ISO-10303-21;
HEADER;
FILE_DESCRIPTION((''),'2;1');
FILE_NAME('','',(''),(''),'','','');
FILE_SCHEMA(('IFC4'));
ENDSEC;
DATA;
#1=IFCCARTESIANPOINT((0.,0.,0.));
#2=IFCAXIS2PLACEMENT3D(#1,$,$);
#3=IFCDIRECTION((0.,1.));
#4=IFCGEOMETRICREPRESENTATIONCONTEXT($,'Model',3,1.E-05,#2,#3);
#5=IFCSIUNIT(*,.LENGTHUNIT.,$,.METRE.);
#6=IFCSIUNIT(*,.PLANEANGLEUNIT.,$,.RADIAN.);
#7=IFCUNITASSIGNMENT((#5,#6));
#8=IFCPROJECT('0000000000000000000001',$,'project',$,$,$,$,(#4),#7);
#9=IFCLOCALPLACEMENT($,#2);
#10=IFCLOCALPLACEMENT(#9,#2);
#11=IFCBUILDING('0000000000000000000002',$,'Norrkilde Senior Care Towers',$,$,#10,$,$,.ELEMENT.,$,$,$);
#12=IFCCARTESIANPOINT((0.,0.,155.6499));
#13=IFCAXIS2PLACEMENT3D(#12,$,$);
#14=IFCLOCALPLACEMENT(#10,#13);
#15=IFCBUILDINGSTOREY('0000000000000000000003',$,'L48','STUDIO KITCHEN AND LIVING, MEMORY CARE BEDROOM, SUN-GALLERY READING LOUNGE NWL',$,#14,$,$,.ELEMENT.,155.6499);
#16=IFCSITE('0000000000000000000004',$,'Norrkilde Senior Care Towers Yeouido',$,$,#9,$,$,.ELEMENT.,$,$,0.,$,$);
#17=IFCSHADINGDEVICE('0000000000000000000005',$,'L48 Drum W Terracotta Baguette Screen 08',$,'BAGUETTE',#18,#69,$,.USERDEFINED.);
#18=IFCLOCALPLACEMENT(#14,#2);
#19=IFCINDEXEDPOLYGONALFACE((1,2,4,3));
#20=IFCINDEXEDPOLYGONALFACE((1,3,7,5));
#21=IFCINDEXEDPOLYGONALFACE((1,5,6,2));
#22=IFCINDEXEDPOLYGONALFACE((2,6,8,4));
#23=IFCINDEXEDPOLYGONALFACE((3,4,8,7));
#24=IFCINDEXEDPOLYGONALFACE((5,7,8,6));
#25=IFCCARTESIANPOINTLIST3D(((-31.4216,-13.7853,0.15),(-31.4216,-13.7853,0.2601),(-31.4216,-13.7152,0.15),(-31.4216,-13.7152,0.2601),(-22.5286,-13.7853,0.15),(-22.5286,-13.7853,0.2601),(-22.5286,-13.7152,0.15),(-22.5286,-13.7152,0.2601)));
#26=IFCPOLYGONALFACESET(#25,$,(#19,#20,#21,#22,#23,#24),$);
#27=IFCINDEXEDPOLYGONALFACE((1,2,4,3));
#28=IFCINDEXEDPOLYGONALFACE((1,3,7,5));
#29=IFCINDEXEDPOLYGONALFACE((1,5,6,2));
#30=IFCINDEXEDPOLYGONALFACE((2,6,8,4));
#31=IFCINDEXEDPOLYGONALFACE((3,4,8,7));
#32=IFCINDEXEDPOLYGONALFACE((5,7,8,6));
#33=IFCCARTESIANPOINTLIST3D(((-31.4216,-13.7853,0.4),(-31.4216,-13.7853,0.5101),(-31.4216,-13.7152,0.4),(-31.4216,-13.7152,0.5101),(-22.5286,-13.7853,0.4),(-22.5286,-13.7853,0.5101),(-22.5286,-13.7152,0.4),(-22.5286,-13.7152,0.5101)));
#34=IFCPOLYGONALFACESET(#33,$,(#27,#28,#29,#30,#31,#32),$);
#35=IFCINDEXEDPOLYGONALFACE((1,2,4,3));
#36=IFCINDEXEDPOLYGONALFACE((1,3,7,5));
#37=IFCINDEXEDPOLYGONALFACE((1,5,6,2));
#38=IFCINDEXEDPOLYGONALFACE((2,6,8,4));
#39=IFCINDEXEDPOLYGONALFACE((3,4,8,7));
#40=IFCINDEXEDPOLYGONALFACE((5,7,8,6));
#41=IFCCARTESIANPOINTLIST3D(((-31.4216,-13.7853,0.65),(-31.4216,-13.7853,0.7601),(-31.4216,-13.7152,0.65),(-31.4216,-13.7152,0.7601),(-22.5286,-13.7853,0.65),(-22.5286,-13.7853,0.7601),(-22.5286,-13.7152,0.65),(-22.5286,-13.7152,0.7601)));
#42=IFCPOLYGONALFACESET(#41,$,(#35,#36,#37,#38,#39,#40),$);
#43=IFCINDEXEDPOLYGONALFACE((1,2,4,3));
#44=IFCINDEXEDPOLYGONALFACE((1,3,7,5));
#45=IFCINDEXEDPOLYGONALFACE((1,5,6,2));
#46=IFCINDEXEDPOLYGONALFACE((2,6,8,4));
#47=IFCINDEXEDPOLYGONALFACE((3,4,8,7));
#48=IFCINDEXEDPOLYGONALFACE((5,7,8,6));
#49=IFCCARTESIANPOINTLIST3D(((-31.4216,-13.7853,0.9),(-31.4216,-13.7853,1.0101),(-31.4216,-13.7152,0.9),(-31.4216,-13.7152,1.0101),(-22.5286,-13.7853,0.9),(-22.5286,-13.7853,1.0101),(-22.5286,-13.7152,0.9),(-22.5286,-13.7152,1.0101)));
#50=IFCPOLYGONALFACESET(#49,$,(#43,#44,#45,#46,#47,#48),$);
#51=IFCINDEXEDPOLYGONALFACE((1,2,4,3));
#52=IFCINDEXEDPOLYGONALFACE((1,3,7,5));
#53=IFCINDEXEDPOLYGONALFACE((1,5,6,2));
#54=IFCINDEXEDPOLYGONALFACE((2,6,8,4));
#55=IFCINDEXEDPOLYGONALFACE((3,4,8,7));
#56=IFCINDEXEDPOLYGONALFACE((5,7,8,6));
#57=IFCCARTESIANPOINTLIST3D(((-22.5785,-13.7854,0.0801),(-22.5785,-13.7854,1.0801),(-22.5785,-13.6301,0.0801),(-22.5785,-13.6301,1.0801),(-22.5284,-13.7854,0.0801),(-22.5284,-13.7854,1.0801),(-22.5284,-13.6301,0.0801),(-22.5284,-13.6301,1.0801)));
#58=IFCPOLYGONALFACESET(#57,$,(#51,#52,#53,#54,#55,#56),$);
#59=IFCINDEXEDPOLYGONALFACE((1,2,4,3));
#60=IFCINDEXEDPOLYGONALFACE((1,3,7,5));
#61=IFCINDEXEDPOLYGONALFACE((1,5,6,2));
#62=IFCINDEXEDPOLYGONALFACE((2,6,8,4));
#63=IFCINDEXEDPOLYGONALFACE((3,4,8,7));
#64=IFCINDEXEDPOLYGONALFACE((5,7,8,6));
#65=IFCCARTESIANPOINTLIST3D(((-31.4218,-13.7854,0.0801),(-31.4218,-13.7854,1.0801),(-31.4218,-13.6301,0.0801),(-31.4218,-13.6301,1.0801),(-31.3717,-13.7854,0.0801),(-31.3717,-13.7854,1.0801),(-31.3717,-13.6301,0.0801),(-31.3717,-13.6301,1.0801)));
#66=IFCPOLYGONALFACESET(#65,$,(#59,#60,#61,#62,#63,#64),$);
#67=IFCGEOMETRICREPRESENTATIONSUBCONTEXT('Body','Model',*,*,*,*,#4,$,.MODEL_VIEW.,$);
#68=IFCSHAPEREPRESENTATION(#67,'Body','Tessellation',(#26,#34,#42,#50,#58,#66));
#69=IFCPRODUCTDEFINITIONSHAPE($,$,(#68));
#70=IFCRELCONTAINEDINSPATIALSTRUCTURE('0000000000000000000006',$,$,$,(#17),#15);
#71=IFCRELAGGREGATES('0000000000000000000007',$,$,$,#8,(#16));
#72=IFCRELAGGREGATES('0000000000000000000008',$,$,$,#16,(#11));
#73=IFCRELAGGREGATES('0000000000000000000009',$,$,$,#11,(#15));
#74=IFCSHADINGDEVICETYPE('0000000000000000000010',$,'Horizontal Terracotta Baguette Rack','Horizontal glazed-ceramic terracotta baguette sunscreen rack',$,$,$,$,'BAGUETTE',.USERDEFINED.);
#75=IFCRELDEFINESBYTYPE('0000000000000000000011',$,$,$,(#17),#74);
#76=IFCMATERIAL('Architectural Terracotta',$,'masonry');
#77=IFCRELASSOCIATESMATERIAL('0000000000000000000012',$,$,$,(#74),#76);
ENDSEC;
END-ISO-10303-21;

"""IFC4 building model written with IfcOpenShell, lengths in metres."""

from ifc_helpers import new_model, si_unit, direction, frame, origin, origin_2d, place, context, subcontext, project, spatial, rectangle, extrude, source, transform, mapped, material, type_object, type_shapes, element, save


model = new_model("IFC4")

# Units and contexts
model_context = context("Model", 3, precision=1e-05, world=origin(), true_north=direction((0.0, 1.0)))
body_context = subcontext(model_context, "Body", "Model", "MODEL_VIEW")
ifc_project = project(units=[si_unit("LENGTHUNIT", "METRE"), si_unit("PLANEANGLEUNIT", "RADIAN")], contexts=[model_context])

# Site, building, storey
site_placement = place(None, origin())
site = spatial("IfcSite", under=ifc_project, at=site_placement, Name="Norrkilde Senior Care Towers Yeouido", CompositionType="ELEMENT", RefElevation=0.0)
building_placement = place(site_placement, origin())
building = spatial("IfcBuilding", under=site, at=building_placement, Name="Norrkilde Senior Care Towers", CompositionType="ELEMENT")
storey_placement = place(building_placement, frame((0.0, 0.0, 155.6499)))
storey = spatial("IfcBuildingStorey", under=building, at=storey_placement, Name="L48", Description="STUDIO KITCHEN AND LIVING, MEMORY CARE BEDROOM, SUN-GALLERY READING LOUNGE NWL", CompositionType="ELEMENT", Elevation=155.6499)

# Shading device
ifc_material_1 = material(Name="Architectural Terracotta", Category="masonry")
shading_device_type = type_object("IfcShadingDeviceType", Name="Horizontal Terracotta Baguette Rack", Description="Horizontal glazed-ceramic terracotta baguette sunscreen rack", ElementType="BAGUETTE", PredefinedType="USERDEFINED", material=ifc_material_1)
shared_shape_1 = source(origin(), body_context, "Body", "SweptSolid", [
    extrude(rectangle(XDim=0.0701, YDim=0.1101, at=origin_2d()), frame((0.0, 0.0901, 0.125), z_axis=(1.0, 0.0, 0.0), x_axis=(0.0, 1.0, 0.0)), (0.0, 0.0, 1.0), 8.8931),
    extrude(rectangle(XDim=0.0701, YDim=0.1101, at=origin_2d()), frame((0.0, 0.0901, 0.375), z_axis=(1.0, 0.0, 0.0), x_axis=(0.0, 1.0, 0.0)), (0.0, 0.0, 1.0), 8.8931),
    extrude(rectangle(XDim=0.0701, YDim=0.1101, at=origin_2d()), frame((0.0, 0.0901, 0.625), z_axis=(1.0, 0.0, 0.0), x_axis=(0.0, 1.0, 0.0)), (0.0, 0.0, 1.0), 8.8931),
    extrude(rectangle(XDim=0.0701, YDim=0.1101, at=origin_2d()), frame((0.0, 0.0901, 0.875), z_axis=(1.0, 0.0, 0.0), x_axis=(0.0, 1.0, 0.0)), (0.0, 0.0, 1.0), 8.8931),
    extrude(rectangle(XDim=0.05, YDim=0.1553, at=origin_2d()), frame((0.0249, 0.0476, 0.0)), (0.0, 0.0, 1.0), 1.0),
    extrude(rectangle(XDim=0.05, YDim=0.1553, at=origin_2d()), frame((8.8682, 0.0476, 0.0)), (0.0, 0.0, 1.0), 1.0),
])
type_shapes(shading_device_type, [shared_shape_1])
shading_device_placement = place(storey_placement, frame((-22.5286, -13.6602, 0.0801), z_axis=(0.0, 0.0, 1.0), x_axis=(-1.0, 0.0, 0.0)))
element("IfcShadingDevice", 1, at=shading_device_placement, inside=storey, type_object=shading_device_type, Name="L48 Drum W Terracotta Baguette Screen 08", ObjectType="BAGUETTE", PredefinedType="USERDEFINED", context=body_context, shape_type="MappedRepresentation", body=[
    mapped(shared_shape_1, transform((0.0, 0.0, 0.0), x_axis=(1.0, 0.0, 0.0), y_axis=(0.0, 1.0, 0.0), z_axis=(0.0, 0.0, 1.0), scale=1.0)),
])

save(model, "model.ifc")
